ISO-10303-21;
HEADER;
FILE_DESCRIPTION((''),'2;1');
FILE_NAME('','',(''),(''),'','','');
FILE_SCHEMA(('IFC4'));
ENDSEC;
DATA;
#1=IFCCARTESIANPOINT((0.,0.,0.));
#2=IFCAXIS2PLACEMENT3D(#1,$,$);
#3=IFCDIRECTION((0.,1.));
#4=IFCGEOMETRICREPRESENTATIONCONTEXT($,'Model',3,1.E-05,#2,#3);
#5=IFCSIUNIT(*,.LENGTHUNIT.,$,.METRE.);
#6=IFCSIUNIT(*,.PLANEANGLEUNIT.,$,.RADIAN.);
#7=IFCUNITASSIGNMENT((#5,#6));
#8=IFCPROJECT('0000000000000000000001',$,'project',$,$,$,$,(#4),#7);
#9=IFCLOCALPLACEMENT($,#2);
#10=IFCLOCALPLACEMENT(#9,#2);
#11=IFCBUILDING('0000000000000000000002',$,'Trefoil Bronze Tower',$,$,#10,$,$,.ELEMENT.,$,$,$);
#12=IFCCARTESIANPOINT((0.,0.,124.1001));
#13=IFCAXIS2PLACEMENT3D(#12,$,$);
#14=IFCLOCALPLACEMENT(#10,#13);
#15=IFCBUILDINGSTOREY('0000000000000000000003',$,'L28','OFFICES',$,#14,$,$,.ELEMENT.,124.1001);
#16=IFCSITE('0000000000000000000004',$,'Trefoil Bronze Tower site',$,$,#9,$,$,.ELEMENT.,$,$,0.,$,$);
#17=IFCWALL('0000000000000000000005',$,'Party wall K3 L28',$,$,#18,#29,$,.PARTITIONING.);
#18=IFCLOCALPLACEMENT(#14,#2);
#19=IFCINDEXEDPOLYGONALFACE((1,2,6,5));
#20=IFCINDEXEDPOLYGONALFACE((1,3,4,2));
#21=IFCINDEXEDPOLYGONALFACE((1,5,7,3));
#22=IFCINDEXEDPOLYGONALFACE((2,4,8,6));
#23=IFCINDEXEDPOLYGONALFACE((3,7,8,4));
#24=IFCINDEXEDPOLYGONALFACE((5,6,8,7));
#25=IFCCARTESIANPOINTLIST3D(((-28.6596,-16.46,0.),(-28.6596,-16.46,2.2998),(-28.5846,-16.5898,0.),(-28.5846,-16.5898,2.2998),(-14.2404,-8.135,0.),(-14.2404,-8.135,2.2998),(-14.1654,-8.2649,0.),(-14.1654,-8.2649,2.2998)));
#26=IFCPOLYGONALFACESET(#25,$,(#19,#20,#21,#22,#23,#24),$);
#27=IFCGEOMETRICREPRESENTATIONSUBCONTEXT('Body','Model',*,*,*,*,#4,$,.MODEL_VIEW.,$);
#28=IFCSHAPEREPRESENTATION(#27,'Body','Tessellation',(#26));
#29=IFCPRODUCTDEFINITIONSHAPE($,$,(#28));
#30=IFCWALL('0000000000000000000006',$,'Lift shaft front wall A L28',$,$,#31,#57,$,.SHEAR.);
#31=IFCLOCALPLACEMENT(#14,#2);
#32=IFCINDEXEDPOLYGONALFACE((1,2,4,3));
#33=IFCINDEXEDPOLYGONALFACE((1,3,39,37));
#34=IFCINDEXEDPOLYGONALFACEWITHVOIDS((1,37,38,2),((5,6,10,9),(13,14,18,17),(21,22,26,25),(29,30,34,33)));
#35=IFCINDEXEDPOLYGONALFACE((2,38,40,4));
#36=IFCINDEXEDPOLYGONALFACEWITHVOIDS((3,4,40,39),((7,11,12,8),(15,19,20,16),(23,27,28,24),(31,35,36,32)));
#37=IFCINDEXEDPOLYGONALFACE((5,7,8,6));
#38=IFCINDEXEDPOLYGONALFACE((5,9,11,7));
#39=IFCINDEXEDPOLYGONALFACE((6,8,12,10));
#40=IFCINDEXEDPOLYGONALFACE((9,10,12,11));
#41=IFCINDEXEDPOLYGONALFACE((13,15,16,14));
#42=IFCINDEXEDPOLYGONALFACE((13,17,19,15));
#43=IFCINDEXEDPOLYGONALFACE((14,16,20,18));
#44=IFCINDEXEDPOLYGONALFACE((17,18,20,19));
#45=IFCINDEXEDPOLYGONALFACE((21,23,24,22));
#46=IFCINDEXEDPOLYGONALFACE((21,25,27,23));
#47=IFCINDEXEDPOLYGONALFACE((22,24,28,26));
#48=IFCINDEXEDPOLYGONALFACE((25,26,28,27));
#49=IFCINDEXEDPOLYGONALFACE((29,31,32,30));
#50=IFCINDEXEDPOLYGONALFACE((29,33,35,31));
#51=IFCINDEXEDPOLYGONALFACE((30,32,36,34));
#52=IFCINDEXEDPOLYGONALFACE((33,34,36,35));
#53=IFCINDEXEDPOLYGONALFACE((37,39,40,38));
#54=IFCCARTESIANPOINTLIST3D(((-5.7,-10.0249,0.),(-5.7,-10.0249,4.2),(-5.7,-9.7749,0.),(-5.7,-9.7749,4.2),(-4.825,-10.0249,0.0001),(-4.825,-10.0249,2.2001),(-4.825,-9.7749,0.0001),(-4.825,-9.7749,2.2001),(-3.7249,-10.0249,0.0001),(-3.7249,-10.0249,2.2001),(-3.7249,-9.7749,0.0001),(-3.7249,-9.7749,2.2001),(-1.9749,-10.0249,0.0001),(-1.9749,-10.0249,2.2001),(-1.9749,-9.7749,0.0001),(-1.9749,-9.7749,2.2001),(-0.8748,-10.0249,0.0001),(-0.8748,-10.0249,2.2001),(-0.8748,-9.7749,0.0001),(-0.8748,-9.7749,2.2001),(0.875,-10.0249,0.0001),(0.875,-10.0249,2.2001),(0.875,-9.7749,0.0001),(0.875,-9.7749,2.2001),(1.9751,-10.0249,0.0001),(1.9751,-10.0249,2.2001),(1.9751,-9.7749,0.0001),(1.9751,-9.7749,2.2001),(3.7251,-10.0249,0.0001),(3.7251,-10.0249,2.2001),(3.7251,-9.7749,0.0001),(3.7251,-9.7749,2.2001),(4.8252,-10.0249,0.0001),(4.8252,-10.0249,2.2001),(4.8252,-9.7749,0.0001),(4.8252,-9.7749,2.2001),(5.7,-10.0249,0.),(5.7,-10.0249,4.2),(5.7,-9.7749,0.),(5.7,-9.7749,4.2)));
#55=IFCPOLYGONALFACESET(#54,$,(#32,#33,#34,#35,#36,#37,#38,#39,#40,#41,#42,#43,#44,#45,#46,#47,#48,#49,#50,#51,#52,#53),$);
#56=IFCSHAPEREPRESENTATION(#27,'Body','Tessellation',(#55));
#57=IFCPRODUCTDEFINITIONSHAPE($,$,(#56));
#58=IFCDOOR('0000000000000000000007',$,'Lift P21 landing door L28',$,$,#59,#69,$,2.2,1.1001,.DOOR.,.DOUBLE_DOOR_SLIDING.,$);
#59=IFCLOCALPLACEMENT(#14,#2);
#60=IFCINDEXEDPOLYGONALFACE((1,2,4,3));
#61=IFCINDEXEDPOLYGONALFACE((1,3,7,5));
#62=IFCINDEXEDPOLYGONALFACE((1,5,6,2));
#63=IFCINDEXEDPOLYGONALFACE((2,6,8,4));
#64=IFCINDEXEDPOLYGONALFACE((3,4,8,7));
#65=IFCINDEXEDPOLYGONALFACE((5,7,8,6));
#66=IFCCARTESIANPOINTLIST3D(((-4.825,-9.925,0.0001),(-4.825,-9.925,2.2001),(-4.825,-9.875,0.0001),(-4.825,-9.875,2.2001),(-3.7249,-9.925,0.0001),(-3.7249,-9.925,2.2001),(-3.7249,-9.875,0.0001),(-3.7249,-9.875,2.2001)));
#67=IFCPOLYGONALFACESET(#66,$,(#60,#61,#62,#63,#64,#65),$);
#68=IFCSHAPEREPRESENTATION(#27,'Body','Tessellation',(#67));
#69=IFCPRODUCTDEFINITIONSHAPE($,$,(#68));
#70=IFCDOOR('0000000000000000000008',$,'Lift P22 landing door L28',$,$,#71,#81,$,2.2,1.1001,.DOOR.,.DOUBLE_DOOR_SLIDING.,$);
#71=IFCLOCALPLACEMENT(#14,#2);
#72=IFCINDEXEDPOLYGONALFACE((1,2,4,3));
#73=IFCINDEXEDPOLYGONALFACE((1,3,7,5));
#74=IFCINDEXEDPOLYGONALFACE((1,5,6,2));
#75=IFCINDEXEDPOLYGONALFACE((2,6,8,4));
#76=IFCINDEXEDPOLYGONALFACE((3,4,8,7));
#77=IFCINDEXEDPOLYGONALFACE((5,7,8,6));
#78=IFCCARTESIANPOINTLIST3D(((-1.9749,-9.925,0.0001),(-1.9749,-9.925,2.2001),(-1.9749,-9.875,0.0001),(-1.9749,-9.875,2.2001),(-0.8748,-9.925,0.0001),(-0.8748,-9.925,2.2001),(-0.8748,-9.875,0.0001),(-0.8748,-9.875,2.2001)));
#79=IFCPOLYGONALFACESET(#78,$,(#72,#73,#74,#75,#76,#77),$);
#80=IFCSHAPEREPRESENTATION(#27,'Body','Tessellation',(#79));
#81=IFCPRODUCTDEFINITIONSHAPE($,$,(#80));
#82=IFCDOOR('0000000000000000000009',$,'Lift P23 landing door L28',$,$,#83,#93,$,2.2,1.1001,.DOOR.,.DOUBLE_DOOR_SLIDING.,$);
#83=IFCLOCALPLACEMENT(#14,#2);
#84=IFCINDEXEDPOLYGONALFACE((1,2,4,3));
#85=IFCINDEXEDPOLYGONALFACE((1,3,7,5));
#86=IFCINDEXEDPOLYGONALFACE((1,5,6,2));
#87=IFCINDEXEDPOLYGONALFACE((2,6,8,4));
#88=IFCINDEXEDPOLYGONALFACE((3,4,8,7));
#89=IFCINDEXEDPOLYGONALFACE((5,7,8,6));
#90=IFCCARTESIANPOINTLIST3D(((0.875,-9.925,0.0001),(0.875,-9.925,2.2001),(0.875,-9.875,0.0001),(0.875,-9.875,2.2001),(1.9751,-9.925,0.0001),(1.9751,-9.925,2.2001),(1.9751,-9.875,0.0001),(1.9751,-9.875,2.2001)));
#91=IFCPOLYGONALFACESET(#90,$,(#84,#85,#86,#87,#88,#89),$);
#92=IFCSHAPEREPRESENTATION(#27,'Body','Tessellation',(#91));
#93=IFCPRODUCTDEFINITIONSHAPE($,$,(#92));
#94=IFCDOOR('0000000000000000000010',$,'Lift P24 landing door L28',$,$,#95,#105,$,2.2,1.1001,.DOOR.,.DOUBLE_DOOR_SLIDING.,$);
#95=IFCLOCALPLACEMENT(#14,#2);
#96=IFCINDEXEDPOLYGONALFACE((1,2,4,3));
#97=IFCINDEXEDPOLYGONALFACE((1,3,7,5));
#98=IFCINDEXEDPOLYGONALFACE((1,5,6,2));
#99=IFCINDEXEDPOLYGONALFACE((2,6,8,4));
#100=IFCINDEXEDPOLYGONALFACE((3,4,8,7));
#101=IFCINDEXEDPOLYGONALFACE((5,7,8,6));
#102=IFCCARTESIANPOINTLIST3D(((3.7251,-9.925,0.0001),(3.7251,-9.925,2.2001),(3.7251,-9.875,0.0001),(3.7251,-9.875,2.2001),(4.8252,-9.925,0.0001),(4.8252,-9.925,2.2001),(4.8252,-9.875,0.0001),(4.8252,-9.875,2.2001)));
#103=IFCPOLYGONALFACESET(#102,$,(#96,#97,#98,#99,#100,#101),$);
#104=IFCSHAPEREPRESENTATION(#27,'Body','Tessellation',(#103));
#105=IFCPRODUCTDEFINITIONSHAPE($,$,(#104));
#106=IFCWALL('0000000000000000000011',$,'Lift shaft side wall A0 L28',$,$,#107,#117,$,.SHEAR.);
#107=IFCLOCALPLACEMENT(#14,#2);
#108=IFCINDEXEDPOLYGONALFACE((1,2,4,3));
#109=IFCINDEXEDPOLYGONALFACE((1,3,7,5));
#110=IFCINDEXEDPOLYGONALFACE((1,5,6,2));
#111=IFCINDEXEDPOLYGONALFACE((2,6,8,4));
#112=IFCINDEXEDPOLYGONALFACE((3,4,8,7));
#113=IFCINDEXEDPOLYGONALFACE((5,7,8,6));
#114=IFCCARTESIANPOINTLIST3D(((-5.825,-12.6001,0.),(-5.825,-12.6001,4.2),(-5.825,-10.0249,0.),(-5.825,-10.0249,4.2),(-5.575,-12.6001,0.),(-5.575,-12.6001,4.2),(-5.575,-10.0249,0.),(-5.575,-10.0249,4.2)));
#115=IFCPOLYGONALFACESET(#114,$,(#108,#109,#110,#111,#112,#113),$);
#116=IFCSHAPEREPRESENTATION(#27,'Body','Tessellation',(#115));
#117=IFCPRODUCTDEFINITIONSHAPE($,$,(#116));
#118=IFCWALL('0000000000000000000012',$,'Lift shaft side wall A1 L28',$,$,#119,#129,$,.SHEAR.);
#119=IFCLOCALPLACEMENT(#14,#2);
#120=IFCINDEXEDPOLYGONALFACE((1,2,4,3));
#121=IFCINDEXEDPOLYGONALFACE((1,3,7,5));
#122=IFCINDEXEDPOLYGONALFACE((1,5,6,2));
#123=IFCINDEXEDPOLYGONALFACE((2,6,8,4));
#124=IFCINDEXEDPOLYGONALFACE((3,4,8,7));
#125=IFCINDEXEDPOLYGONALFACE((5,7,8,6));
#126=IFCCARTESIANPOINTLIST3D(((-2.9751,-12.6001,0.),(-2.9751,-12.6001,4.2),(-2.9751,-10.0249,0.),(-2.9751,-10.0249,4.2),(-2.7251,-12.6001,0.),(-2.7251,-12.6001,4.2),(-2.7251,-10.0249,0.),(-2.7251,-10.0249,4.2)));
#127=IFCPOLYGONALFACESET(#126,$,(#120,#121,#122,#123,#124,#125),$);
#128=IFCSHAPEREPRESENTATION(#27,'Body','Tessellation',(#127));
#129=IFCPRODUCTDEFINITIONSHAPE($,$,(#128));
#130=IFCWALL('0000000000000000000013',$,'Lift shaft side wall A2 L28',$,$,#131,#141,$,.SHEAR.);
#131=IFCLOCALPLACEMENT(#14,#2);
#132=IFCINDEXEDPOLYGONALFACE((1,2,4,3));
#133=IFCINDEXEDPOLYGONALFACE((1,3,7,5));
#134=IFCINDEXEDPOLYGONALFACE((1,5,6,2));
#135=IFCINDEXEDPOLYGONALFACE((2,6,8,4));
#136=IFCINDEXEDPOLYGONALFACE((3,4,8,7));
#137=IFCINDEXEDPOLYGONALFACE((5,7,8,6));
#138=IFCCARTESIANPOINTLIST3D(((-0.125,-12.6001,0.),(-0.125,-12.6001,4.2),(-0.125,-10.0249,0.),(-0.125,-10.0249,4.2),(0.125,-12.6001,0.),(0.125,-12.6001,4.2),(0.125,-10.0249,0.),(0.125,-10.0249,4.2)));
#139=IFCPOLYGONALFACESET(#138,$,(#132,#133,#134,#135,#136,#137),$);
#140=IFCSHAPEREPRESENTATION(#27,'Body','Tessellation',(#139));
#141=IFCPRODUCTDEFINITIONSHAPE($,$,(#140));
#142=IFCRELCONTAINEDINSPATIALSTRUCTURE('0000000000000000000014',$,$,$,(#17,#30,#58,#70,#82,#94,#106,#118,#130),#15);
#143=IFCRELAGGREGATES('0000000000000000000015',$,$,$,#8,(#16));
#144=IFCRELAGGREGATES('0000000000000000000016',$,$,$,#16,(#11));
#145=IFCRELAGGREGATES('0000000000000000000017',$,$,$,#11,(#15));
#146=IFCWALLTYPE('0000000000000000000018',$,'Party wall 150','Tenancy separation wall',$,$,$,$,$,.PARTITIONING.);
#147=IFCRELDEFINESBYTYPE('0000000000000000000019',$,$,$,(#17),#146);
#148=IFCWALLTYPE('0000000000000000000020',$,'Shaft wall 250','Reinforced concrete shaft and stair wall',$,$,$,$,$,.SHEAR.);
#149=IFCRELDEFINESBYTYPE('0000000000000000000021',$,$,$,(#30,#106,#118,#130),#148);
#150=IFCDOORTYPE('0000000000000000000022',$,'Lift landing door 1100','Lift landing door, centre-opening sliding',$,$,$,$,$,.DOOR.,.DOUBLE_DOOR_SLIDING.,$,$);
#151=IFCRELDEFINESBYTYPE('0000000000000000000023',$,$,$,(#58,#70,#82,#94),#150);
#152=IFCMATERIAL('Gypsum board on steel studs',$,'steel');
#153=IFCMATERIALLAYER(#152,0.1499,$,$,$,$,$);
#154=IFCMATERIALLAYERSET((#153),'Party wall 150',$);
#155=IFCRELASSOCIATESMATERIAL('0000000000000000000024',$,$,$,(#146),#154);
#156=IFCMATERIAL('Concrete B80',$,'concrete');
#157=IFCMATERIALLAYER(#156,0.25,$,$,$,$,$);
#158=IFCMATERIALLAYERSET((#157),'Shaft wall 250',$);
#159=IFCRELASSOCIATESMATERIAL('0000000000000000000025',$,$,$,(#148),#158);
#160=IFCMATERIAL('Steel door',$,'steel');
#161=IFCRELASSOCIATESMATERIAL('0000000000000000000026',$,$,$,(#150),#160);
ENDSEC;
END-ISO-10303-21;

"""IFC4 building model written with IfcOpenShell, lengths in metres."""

from ifc_helpers import new_model, si_unit, direction, frame, frame_2d, origin, place, context, subcontext, project, spatial, rectangle, extrude, material, layer, layer_set, type_object, element, fill, save


model = new_model("IFC4")

# Units and contexts
model_context = context("Model", 3, precision=1e-05, world=origin(), true_north=direction((0.0, 1.0)))
body_context = subcontext(model_context, "Body", "Model", "MODEL_VIEW")
ifc_project = project(units=[si_unit("LENGTHUNIT", "METRE"), si_unit("PLANEANGLEUNIT", "RADIAN")], contexts=[model_context])

# Site, building, storey
site_placement = place(None, origin())
site = spatial("IfcSite", under=ifc_project, at=site_placement, Name="Trefoil Bronze Tower site", CompositionType="ELEMENT", RefElevation=0.0)
building_placement = place(site_placement, origin())
building = spatial("IfcBuilding", under=site, at=building_placement, Name="Trefoil Bronze Tower", CompositionType="ELEMENT")
storey_placement = place(building_placement, frame((0.0, 0.0, 124.1001)))
storey = spatial("IfcBuildingStorey", under=building, at=storey_placement, Name="L28", Description="OFFICES", CompositionType="ELEMENT", Elevation=124.1001)

# Wall
ifc_material_1 = material(Name="Gypsum board on steel studs", Category="steel")
ifc_layer_1 = layer(ifc_material_1, 0.1499)
ifc_layer_set_1 = layer_set([ifc_layer_1], Name="Party wall 150")
wall_type_1 = type_object("IfcWallType", Name="Party wall 150", Description="Tenancy separation wall", PredefinedType="PARTITIONING", material=ifc_layer_set_1)
wall_1_placement = place(storey_placement, frame((-14.2029, -8.2, 0.0), z_axis=(0.0, 0.0, 1.0), x_axis=(-0.866025, -0.500001, 0.0)))
element("IfcWall", 1, at=wall_1_placement, inside=storey, type_object=wall_type_1, Name="Party wall K3 L28", PredefinedType="PARTITIONING", context=body_context, shape_type="SweptSolid", body=[
    extrude(rectangle(XDim=16.6499, YDim=0.1499, at=frame_2d((8.325, 0.0))), origin(), (0.0, 0.0, 1.0), 2.2998),
])

# Wall, openings, doors
ifc_material_2 = material(Name="Concrete B80", Category="concrete")
ifc_layer_2 = layer(ifc_material_2, 0.25)
ifc_layer_set_2 = layer_set([ifc_layer_2], Name="Shaft wall 250")
wall_type_2 = type_object("IfcWallType", Name="Shaft wall 250", Description="Reinforced concrete shaft and stair wall", PredefinedType="SHEAR", material=ifc_layer_set_2)
wall_2_placement = place(storey_placement, frame((-5.7, -9.8999, 0.0), z_axis=(0.0, 0.0, 1.0), x_axis=(1.0, 0.0, 0.0)))
wall_2 = element("IfcWall", 2, at=wall_2_placement, inside=storey, type_object=wall_type_2, Name="Lift shaft front wall A L28", PredefinedType="SHEAR", context=body_context, shape_type="SweptSolid", body=[
    extrude(rectangle(XDim=11.3999, YDim=0.25, at=frame_2d((5.7, 0.0))), origin(), (0.0, 0.0, 1.0), 4.2),
])
opening_1_placement = place(wall_2_placement, frame((0.875, 0.0, 0.0)))
opening_1 = element("IfcOpeningElement", 3, at=opening_1_placement, cuts=wall_2, PredefinedType="OPENING", context=body_context, shape_type="SweptSolid", body=[
    extrude(rectangle(XDim=1.1001, YDim=2.2, at=frame_2d((0.55, 1.1001))), frame((0.0, 0.135, 0.0), z_axis=(0.0, -1.0, 0.0), x_axis=(1.0, 0.0, 0.0)), (0.0, 0.0, 1.0), 0.27),
])
opening_2_placement = place(wall_2_placement, frame((3.7251, 0.0, 0.0)))
opening_2 = element("IfcOpeningElement", 4, at=opening_2_placement, cuts=wall_2, PredefinedType="OPENING", context=body_context, shape_type="SweptSolid", body=[
    extrude(rectangle(XDim=1.1001, YDim=2.2, at=frame_2d((0.55, 1.1001))), frame((0.0, 0.135, 0.0), z_axis=(0.0, -1.0, 0.0), x_axis=(1.0, 0.0, 0.0)), (0.0, 0.0, 1.0), 0.27),
])
opening_3_placement = place(wall_2_placement, frame((6.575, 0.0, 0.0)))
opening_3 = element("IfcOpeningElement", 5, at=opening_3_placement, cuts=wall_2, PredefinedType="OPENING", context=body_context, shape_type="SweptSolid", body=[
    extrude(rectangle(XDim=1.1001, YDim=2.2, at=frame_2d((0.55, 1.1001))), frame((0.0, 0.135, 0.0), z_axis=(0.0, -1.0, 0.0), x_axis=(1.0, 0.0, 0.0)), (0.0, 0.0, 1.0), 0.27),
])
opening_4_placement = place(wall_2_placement, frame((9.425, 0.0, 0.0)))
opening_4 = element("IfcOpeningElement", 6, at=opening_4_placement, cuts=wall_2, PredefinedType="OPENING", context=body_context, shape_type="SweptSolid", body=[
    extrude(rectangle(XDim=1.1001, YDim=2.2, at=frame_2d((0.55, 1.1001))), frame((0.0, 0.135, 0.0), z_axis=(0.0, -1.0, 0.0), x_axis=(1.0, 0.0, 0.0)), (0.0, 0.0, 1.0), 0.27),
])
ifc_material_3 = material(Name="Steel door", Category="steel")
door_type_1 = type_object("IfcDoorType", Name="Lift landing door 1100", Description="Lift landing door, centre-opening sliding", OperationType="DOUBLE_DOOR_SLIDING", PredefinedType="DOOR", material=ifc_material_3)
door_1_placement = place(opening_1_placement, origin())
door_1 = element("IfcDoor", 7, at=door_1_placement, inside=storey, type_object=door_type_1, Name="Lift P21 landing door L28", OperationType="DOUBLE_DOOR_SLIDING", OverallHeight=2.2, OverallWidth=1.1001, PredefinedType="DOOR", context=body_context, shape_type="SweptSolid", body=[
    extrude(rectangle(XDim=1.1001, YDim=2.2, at=frame_2d((0.55, 1.1001))), frame((0.0, 0.0249, 0.0), z_axis=(0.0, -1.0, 0.0), x_axis=(1.0, 0.0, 0.0)), (0.0, 0.0, 1.0), 0.05),
])
fill(opening_1, door_1)
door_2_placement = place(opening_2_placement, origin())
door_2 = element("IfcDoor", 8, at=door_2_placement, inside=storey, type_object=door_type_1, Name="Lift P22 landing door L28", OperationType="DOUBLE_DOOR_SLIDING", OverallHeight=2.2, OverallWidth=1.1001, PredefinedType="DOOR", context=body_context, shape_type="SweptSolid", body=[
    extrude(rectangle(XDim=1.1001, YDim=2.2, at=frame_2d((0.55, 1.1001))), frame((0.0, 0.0249, 0.0), z_axis=(0.0, -1.0, 0.0), x_axis=(1.0, 0.0, 0.0)), (0.0, 0.0, 1.0), 0.05),
])
fill(opening_2, door_2)
door_3_placement = place(opening_3_placement, origin())
door_3 = element("IfcDoor", 9, at=door_3_placement, inside=storey, type_object=door_type_1, Name="Lift P23 landing door L28", OperationType="DOUBLE_DOOR_SLIDING", OverallHeight=2.2, OverallWidth=1.1001, PredefinedType="DOOR", context=body_context, shape_type="SweptSolid", body=[
    extrude(rectangle(XDim=1.1001, YDim=2.2, at=frame_2d((0.55, 1.1001))), frame((0.0, 0.0249, 0.0), z_axis=(0.0, -1.0, 0.0), x_axis=(1.0, 0.0, 0.0)), (0.0, 0.0, 1.0), 0.05),
])
fill(opening_3, door_3)
door_4_placement = place(opening_4_placement, origin())
door_4 = element("IfcDoor", 10, at=door_4_placement, inside=storey, type_object=door_type_1, Name="Lift P24 landing door L28", OperationType="DOUBLE_DOOR_SLIDING", OverallHeight=2.2, OverallWidth=1.1001, PredefinedType="DOOR", context=body_context, shape_type="SweptSolid", body=[
    extrude(rectangle(XDim=1.1001, YDim=2.2, at=frame_2d((0.55, 1.1001))), frame((0.0, 0.0249, 0.0), z_axis=(0.0, -1.0, 0.0), x_axis=(1.0, 0.0, 0.0)), (0.0, 0.0, 1.0), 0.05),
])
fill(opening_4, door_4)

# Walls
for number, where, z_axis, x_axis, name in (
    (11, (-5.7, -10.0249, 0.0), (0.0, 0.0, 1.0), (0.0, -1.0, 0.0), "Lift shaft side wall A0 L28"),
    (12, (-2.8501, -10.0249, 0.0), (0.0, 0.0, 1.0), (0.0, -1.0, 0.0), "Lift shaft side wall A1 L28"),
    (13, (0.0, -10.0249, 0.0), (0.0, 0.0, 1.0), (0.0, -1.0, 0.0), "Lift shaft side wall A2 L28"),
):
    element("IfcWall", number, at=place(storey_placement, frame(where, z_axis=z_axis, x_axis=x_axis)), inside=storey, type_object=wall_type_2, Name=name, PredefinedType="SHEAR", context=body_context, shape_type="SweptSolid", body=[
        extrude(rectangle(XDim=2.5752, YDim=0.25, at=frame_2d((1.2876, 0.0))), origin(), (0.0, 0.0, 1.0), 4.2),
    ])

save(model, "model.ifc")
